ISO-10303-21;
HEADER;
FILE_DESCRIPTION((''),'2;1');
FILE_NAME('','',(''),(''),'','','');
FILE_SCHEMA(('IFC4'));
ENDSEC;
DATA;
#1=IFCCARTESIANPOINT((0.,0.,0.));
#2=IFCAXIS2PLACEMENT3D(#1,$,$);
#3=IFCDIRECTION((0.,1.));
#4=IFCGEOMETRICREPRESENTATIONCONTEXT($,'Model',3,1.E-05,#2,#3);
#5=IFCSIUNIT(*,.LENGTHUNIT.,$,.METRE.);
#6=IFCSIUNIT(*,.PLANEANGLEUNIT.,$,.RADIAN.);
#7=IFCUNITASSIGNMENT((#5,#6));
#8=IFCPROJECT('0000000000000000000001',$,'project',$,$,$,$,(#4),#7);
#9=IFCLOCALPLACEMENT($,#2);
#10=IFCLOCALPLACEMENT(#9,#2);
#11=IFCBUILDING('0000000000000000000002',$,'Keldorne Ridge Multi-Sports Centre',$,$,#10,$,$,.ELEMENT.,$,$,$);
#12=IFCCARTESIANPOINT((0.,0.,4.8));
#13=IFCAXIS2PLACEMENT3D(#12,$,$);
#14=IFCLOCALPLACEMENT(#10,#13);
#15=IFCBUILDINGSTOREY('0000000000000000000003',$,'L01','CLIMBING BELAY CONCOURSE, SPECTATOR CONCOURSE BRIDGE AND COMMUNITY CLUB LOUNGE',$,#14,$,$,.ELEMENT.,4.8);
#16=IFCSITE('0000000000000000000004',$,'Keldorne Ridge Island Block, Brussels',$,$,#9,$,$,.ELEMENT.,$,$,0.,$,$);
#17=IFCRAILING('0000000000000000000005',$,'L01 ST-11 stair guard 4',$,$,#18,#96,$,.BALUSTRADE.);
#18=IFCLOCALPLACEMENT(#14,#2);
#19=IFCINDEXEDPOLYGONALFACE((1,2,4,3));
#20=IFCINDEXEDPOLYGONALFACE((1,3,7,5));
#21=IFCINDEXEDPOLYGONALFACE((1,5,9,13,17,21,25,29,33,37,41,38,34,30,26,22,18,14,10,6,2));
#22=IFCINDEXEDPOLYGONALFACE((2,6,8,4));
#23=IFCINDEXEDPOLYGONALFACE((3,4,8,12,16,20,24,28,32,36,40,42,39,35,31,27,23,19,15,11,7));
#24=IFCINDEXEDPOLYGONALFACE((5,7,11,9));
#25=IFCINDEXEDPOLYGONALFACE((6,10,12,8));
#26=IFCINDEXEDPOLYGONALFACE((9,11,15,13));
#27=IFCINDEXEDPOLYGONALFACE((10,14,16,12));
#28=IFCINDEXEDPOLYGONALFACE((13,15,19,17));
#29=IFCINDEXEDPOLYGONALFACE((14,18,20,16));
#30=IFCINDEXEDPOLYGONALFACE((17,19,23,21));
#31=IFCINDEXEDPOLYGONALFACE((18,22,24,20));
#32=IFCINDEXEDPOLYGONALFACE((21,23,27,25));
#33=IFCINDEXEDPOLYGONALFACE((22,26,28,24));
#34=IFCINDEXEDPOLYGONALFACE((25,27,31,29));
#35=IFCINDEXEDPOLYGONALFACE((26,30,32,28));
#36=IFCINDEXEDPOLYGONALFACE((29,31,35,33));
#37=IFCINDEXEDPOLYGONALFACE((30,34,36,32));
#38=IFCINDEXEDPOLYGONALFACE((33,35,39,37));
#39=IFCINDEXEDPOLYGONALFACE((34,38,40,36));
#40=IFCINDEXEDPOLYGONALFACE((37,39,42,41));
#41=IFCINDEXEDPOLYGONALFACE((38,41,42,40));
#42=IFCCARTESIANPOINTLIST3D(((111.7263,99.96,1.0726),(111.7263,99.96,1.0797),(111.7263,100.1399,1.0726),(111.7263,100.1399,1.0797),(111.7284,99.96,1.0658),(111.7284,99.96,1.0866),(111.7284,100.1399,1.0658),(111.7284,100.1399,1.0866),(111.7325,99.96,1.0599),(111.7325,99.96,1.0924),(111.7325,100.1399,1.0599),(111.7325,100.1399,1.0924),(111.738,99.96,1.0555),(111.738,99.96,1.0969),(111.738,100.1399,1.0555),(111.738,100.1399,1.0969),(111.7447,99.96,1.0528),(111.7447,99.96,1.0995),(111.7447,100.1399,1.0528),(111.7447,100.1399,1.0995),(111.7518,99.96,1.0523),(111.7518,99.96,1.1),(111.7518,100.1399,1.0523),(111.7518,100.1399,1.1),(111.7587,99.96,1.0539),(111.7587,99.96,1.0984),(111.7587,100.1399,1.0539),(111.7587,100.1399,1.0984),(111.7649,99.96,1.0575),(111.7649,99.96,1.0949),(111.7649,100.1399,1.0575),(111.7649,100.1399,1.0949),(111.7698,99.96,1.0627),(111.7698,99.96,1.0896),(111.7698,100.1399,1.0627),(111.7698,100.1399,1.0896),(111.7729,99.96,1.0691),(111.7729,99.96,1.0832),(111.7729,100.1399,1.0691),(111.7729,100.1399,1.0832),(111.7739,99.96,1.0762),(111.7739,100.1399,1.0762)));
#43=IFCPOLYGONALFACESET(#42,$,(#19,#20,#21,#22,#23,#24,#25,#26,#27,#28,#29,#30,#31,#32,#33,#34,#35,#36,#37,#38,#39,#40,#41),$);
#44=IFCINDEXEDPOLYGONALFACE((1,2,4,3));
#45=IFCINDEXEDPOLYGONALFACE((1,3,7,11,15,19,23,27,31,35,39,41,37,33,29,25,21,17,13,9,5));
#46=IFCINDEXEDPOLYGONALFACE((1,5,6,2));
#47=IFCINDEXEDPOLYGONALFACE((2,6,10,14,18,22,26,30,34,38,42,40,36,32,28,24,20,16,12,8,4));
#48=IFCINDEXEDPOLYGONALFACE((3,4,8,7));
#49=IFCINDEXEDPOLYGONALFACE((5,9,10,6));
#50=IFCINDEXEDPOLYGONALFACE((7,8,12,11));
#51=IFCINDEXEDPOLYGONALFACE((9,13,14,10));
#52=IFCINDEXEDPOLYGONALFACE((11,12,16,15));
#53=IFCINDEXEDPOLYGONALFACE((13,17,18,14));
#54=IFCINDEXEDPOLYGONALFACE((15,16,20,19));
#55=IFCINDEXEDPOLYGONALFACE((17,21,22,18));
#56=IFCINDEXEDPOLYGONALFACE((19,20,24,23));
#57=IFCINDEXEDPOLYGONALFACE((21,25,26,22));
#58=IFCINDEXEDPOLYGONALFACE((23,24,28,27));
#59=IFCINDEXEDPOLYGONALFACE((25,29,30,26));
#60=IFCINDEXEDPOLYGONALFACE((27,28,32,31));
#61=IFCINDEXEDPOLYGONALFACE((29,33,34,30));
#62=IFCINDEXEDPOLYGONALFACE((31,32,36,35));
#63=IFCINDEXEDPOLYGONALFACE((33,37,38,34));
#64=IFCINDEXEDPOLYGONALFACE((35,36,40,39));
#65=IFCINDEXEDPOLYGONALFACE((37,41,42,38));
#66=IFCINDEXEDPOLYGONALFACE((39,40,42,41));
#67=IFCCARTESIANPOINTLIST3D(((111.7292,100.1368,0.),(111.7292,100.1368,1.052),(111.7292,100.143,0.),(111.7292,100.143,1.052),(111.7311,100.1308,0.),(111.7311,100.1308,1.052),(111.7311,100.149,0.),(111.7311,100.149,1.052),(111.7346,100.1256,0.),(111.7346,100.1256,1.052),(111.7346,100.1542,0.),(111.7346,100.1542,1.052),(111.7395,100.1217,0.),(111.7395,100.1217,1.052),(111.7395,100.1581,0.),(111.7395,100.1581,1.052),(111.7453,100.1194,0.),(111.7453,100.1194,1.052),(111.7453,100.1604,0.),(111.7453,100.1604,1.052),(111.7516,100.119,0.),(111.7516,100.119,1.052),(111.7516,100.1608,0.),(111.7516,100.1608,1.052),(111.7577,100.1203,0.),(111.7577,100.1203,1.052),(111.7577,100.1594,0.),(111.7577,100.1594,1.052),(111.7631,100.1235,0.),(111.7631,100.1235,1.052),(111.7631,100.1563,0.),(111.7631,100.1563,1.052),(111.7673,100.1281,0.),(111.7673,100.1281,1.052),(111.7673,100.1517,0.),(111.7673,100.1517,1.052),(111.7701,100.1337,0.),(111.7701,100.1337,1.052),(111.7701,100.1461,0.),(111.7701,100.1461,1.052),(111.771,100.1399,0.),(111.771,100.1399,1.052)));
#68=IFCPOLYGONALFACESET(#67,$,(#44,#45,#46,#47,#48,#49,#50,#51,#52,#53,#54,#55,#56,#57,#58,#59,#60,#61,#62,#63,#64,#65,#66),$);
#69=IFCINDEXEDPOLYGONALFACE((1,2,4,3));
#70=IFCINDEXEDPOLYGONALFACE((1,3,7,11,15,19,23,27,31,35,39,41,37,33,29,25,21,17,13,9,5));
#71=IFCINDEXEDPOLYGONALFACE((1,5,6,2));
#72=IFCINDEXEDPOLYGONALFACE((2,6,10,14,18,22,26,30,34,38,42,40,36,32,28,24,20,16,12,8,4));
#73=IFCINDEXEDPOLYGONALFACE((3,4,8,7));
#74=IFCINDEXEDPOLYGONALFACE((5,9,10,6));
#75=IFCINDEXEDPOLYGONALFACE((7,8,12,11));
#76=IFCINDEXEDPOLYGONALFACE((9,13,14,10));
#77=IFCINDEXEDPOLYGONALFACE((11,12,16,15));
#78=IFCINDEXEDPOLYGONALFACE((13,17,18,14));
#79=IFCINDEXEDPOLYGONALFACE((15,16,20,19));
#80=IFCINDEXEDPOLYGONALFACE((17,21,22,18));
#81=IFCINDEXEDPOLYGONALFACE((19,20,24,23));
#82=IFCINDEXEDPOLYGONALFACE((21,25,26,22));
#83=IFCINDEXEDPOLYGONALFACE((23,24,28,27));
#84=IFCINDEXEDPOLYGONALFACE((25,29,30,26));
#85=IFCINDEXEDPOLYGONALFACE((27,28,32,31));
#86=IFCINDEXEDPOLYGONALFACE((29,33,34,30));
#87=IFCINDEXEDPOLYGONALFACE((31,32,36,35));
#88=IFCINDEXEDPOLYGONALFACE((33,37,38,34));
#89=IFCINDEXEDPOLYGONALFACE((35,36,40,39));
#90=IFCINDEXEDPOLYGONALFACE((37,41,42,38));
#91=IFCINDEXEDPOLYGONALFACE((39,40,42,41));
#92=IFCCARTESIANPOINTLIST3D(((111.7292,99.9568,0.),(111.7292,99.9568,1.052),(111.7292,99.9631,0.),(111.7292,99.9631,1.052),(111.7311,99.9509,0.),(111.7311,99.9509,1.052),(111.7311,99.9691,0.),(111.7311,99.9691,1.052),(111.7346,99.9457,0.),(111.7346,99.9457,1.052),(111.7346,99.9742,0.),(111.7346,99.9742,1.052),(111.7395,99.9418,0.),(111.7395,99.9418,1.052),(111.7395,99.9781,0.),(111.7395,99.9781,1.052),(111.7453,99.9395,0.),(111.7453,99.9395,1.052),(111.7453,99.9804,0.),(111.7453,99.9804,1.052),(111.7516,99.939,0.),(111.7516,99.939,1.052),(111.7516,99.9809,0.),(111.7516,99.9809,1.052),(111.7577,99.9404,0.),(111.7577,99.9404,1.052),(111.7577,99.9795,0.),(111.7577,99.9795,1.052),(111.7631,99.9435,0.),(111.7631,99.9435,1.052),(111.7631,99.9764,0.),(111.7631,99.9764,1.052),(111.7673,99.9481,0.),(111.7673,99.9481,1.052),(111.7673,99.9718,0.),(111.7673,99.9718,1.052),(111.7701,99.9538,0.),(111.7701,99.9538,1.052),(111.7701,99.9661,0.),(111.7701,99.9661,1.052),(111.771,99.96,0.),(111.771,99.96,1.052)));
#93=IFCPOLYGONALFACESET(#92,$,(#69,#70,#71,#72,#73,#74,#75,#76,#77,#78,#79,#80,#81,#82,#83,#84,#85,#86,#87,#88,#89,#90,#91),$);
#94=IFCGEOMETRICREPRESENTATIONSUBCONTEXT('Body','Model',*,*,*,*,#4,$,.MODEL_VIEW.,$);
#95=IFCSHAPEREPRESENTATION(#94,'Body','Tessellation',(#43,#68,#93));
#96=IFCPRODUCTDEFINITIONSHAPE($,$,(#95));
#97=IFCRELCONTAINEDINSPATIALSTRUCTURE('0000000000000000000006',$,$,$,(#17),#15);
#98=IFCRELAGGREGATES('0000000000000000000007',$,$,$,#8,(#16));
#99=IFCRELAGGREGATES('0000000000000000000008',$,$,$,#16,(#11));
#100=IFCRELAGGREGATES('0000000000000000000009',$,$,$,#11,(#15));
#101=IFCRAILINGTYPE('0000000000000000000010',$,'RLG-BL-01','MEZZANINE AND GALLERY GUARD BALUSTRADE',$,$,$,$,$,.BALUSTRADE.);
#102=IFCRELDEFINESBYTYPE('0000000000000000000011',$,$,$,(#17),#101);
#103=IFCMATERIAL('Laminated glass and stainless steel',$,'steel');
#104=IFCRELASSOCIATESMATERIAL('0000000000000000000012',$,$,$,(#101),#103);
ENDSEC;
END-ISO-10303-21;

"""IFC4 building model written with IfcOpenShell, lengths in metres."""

from ifc_helpers import new_model, si_unit, direction, frame, origin, origin_2d, place, context, subcontext, project, spatial, circle, extrude, material, type_object, element, save


model = new_model("IFC4")

# Units and contexts
model_context = context("Model", 3, precision=1e-05, world=origin(), true_north=direction((0.0, 1.0)))
body_context = subcontext(model_context, "Body", "Model", "MODEL_VIEW")
ifc_project = project(units=[si_unit("LENGTHUNIT", "METRE"), si_unit("PLANEANGLEUNIT", "RADIAN")], contexts=[model_context])

# Site, building, storey
site_placement = place(None, origin())
site = spatial("IfcSite", under=ifc_project, at=site_placement, Name="Keldorne Ridge Island Block, Brussels", CompositionType="ELEMENT", RefElevation=0.0)
building_placement = place(site_placement, origin())
building = spatial("IfcBuilding", under=site, at=building_placement, Name="Keldorne Ridge Multi-Sports Centre", CompositionType="ELEMENT")
storey_placement = place(building_placement, frame((0.0, 0.0, 4.8)))
storey = spatial("IfcBuildingStorey", under=building, at=storey_placement, Name="L01", Description="CLIMBING BELAY CONCOURSE, SPECTATOR CONCOURSE BRIDGE AND COMMUNITY CLUB LOUNGE", CompositionType="ELEMENT", Elevation=4.8)

# Railing
ifc_material_1 = material(Name="Laminated glass and stainless steel", Category="steel")
railing_type_1 = type_object("IfcRailingType", Name="RLG-BL-01", Description="MEZZANINE AND GALLERY GUARD BALUSTRADE", PredefinedType="BALUSTRADE", material=ifc_material_1)
railing_1_placement = place(storey_placement, frame((111.75, 100.1399, 0.0)))
element("IfcRailing", 1, at=railing_1_placement, inside=storey, type_object=railing_type_1, Name="L01 ST-11 stair guard 4", PredefinedType="BALUSTRADE", context=body_context, shape_type="SweptSolid", body=[
    extrude(circle(Radius=0.0239, at=origin_2d()), frame((0.0, 0.0, 1.0762), z_axis=(0.0, -1.0, 0.0), x_axis=(1.0, 0.0, 0.0)), (0.0, 0.0, 1.0), 0.1799),
    extrude(circle(Radius=0.021, at=origin_2d()), origin(), (0.0, 0.0, 1.0), 1.052),
    extrude(circle(Radius=0.021, at=origin_2d()), frame((0.0, -0.1799, 0.0)), (0.0, 0.0, 1.0), 1.052),
])

save(model, "model.ifc")
